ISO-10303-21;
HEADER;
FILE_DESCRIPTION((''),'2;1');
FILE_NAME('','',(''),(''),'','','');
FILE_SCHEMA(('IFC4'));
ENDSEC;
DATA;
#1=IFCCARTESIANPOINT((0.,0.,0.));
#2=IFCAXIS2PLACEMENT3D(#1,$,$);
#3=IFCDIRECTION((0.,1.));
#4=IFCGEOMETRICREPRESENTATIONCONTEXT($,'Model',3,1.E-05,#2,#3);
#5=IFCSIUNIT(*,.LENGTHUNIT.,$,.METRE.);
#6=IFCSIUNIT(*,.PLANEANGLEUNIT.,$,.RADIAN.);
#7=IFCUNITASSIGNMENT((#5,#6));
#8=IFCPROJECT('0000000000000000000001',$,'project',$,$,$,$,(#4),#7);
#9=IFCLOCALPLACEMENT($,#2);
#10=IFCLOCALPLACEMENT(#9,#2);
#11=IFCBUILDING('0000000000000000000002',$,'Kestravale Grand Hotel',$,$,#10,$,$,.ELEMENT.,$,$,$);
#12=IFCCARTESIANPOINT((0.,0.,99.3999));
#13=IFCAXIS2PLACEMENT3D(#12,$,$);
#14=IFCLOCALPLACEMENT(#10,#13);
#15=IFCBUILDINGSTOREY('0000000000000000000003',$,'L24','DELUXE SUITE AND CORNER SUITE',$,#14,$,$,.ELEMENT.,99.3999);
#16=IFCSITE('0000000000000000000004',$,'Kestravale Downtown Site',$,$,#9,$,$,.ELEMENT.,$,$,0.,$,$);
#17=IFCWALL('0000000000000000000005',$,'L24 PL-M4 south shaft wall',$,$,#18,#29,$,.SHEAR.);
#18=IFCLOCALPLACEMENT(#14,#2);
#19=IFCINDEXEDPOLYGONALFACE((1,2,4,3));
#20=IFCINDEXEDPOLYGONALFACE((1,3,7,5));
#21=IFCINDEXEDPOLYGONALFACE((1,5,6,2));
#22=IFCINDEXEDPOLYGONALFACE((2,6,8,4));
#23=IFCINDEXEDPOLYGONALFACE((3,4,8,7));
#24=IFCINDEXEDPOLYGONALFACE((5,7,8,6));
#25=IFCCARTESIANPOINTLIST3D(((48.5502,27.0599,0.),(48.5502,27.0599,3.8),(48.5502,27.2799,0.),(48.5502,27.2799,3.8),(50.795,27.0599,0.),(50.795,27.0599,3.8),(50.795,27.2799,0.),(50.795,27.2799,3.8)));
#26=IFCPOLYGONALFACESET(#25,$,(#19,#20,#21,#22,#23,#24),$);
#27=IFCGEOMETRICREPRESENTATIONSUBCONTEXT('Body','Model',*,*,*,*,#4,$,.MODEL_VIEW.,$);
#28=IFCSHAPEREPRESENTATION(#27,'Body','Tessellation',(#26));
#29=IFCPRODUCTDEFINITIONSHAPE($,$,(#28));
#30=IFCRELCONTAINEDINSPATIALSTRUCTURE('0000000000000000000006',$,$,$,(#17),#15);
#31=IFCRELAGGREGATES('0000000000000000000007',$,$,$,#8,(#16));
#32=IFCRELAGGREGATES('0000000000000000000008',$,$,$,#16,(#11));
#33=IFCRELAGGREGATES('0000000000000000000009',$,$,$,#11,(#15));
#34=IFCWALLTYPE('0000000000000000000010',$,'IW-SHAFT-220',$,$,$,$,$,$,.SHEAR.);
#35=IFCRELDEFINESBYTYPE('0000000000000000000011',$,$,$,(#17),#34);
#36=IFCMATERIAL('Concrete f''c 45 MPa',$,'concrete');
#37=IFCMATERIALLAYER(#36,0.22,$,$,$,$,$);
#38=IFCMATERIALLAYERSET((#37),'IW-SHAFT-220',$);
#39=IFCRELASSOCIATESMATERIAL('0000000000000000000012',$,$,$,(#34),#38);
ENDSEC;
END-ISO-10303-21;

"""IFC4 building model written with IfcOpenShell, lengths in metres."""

from ifc_helpers import new_model, si_unit, direction, frame, frame_2d, origin, place, context, subcontext, project, spatial, rectangle, extrude, material, layer, layer_set, type_object, element, save


model = new_model("IFC4")

# Units and contexts
model_context = context("Model", 3, precision=1e-05, world=origin(), true_north=direction((0.0, 1.0)))
body_context = subcontext(model_context, "Body", "Model", "MODEL_VIEW")
ifc_project = project(units=[si_unit("LENGTHUNIT", "METRE"), si_unit("PLANEANGLEUNIT", "RADIAN")], contexts=[model_context])

# Site, building, storey
site_placement = place(None, origin())
site = spatial("IfcSite", under=ifc_project, at=site_placement, Name="Kestravale Downtown Site", CompositionType="ELEMENT", RefElevation=0.0)
building_placement = place(site_placement, origin())
building = spatial("IfcBuilding", under=site, at=building_placement, Name="Kestravale Grand Hotel", CompositionType="ELEMENT")
storey_placement = place(building_placement, frame((0.0, 0.0, 99.3999)))
storey = spatial("IfcBuildingStorey", under=building, at=storey_placement, Name="L24", Description="DELUXE SUITE AND CORNER SUITE", CompositionType="ELEMENT", Elevation=99.3999)

# Wall
ifc_material_1 = material(Name="Concrete f'c 45 MPa", Category="concrete")
ifc_layer_1 = layer(ifc_material_1, 0.22)
ifc_layer_set_1 = layer_set([ifc_layer_1], Name="IW-SHAFT-220")
wall_type_1 = type_object("IfcWallType", Name="IW-SHAFT-220", PredefinedType="SHEAR", material=ifc_layer_set_1)
for number, where, z_axis, x_axis, name in (
    (1, (48.55, 27.1699, 0.0), (0.0, 0.0, 1.0), (1.0, 0.0, 0.0), "L24 PL-M4 south shaft wall"),
):
    element("IfcWall", number, at=place(storey_placement, frame(where, z_axis=z_axis, x_axis=x_axis)), inside=storey, type_object=wall_type_1, Name=name, PredefinedType="SHEAR", context=body_context, shape_type="SweptSolid", body=[
        extrude(rectangle(XDim=2.2449, YDim=0.22, at=frame_2d((1.1226, 0.0))), origin(), (0.0, 0.0, 1.0), 3.8),
    ])

save(model, "model.ifc")
